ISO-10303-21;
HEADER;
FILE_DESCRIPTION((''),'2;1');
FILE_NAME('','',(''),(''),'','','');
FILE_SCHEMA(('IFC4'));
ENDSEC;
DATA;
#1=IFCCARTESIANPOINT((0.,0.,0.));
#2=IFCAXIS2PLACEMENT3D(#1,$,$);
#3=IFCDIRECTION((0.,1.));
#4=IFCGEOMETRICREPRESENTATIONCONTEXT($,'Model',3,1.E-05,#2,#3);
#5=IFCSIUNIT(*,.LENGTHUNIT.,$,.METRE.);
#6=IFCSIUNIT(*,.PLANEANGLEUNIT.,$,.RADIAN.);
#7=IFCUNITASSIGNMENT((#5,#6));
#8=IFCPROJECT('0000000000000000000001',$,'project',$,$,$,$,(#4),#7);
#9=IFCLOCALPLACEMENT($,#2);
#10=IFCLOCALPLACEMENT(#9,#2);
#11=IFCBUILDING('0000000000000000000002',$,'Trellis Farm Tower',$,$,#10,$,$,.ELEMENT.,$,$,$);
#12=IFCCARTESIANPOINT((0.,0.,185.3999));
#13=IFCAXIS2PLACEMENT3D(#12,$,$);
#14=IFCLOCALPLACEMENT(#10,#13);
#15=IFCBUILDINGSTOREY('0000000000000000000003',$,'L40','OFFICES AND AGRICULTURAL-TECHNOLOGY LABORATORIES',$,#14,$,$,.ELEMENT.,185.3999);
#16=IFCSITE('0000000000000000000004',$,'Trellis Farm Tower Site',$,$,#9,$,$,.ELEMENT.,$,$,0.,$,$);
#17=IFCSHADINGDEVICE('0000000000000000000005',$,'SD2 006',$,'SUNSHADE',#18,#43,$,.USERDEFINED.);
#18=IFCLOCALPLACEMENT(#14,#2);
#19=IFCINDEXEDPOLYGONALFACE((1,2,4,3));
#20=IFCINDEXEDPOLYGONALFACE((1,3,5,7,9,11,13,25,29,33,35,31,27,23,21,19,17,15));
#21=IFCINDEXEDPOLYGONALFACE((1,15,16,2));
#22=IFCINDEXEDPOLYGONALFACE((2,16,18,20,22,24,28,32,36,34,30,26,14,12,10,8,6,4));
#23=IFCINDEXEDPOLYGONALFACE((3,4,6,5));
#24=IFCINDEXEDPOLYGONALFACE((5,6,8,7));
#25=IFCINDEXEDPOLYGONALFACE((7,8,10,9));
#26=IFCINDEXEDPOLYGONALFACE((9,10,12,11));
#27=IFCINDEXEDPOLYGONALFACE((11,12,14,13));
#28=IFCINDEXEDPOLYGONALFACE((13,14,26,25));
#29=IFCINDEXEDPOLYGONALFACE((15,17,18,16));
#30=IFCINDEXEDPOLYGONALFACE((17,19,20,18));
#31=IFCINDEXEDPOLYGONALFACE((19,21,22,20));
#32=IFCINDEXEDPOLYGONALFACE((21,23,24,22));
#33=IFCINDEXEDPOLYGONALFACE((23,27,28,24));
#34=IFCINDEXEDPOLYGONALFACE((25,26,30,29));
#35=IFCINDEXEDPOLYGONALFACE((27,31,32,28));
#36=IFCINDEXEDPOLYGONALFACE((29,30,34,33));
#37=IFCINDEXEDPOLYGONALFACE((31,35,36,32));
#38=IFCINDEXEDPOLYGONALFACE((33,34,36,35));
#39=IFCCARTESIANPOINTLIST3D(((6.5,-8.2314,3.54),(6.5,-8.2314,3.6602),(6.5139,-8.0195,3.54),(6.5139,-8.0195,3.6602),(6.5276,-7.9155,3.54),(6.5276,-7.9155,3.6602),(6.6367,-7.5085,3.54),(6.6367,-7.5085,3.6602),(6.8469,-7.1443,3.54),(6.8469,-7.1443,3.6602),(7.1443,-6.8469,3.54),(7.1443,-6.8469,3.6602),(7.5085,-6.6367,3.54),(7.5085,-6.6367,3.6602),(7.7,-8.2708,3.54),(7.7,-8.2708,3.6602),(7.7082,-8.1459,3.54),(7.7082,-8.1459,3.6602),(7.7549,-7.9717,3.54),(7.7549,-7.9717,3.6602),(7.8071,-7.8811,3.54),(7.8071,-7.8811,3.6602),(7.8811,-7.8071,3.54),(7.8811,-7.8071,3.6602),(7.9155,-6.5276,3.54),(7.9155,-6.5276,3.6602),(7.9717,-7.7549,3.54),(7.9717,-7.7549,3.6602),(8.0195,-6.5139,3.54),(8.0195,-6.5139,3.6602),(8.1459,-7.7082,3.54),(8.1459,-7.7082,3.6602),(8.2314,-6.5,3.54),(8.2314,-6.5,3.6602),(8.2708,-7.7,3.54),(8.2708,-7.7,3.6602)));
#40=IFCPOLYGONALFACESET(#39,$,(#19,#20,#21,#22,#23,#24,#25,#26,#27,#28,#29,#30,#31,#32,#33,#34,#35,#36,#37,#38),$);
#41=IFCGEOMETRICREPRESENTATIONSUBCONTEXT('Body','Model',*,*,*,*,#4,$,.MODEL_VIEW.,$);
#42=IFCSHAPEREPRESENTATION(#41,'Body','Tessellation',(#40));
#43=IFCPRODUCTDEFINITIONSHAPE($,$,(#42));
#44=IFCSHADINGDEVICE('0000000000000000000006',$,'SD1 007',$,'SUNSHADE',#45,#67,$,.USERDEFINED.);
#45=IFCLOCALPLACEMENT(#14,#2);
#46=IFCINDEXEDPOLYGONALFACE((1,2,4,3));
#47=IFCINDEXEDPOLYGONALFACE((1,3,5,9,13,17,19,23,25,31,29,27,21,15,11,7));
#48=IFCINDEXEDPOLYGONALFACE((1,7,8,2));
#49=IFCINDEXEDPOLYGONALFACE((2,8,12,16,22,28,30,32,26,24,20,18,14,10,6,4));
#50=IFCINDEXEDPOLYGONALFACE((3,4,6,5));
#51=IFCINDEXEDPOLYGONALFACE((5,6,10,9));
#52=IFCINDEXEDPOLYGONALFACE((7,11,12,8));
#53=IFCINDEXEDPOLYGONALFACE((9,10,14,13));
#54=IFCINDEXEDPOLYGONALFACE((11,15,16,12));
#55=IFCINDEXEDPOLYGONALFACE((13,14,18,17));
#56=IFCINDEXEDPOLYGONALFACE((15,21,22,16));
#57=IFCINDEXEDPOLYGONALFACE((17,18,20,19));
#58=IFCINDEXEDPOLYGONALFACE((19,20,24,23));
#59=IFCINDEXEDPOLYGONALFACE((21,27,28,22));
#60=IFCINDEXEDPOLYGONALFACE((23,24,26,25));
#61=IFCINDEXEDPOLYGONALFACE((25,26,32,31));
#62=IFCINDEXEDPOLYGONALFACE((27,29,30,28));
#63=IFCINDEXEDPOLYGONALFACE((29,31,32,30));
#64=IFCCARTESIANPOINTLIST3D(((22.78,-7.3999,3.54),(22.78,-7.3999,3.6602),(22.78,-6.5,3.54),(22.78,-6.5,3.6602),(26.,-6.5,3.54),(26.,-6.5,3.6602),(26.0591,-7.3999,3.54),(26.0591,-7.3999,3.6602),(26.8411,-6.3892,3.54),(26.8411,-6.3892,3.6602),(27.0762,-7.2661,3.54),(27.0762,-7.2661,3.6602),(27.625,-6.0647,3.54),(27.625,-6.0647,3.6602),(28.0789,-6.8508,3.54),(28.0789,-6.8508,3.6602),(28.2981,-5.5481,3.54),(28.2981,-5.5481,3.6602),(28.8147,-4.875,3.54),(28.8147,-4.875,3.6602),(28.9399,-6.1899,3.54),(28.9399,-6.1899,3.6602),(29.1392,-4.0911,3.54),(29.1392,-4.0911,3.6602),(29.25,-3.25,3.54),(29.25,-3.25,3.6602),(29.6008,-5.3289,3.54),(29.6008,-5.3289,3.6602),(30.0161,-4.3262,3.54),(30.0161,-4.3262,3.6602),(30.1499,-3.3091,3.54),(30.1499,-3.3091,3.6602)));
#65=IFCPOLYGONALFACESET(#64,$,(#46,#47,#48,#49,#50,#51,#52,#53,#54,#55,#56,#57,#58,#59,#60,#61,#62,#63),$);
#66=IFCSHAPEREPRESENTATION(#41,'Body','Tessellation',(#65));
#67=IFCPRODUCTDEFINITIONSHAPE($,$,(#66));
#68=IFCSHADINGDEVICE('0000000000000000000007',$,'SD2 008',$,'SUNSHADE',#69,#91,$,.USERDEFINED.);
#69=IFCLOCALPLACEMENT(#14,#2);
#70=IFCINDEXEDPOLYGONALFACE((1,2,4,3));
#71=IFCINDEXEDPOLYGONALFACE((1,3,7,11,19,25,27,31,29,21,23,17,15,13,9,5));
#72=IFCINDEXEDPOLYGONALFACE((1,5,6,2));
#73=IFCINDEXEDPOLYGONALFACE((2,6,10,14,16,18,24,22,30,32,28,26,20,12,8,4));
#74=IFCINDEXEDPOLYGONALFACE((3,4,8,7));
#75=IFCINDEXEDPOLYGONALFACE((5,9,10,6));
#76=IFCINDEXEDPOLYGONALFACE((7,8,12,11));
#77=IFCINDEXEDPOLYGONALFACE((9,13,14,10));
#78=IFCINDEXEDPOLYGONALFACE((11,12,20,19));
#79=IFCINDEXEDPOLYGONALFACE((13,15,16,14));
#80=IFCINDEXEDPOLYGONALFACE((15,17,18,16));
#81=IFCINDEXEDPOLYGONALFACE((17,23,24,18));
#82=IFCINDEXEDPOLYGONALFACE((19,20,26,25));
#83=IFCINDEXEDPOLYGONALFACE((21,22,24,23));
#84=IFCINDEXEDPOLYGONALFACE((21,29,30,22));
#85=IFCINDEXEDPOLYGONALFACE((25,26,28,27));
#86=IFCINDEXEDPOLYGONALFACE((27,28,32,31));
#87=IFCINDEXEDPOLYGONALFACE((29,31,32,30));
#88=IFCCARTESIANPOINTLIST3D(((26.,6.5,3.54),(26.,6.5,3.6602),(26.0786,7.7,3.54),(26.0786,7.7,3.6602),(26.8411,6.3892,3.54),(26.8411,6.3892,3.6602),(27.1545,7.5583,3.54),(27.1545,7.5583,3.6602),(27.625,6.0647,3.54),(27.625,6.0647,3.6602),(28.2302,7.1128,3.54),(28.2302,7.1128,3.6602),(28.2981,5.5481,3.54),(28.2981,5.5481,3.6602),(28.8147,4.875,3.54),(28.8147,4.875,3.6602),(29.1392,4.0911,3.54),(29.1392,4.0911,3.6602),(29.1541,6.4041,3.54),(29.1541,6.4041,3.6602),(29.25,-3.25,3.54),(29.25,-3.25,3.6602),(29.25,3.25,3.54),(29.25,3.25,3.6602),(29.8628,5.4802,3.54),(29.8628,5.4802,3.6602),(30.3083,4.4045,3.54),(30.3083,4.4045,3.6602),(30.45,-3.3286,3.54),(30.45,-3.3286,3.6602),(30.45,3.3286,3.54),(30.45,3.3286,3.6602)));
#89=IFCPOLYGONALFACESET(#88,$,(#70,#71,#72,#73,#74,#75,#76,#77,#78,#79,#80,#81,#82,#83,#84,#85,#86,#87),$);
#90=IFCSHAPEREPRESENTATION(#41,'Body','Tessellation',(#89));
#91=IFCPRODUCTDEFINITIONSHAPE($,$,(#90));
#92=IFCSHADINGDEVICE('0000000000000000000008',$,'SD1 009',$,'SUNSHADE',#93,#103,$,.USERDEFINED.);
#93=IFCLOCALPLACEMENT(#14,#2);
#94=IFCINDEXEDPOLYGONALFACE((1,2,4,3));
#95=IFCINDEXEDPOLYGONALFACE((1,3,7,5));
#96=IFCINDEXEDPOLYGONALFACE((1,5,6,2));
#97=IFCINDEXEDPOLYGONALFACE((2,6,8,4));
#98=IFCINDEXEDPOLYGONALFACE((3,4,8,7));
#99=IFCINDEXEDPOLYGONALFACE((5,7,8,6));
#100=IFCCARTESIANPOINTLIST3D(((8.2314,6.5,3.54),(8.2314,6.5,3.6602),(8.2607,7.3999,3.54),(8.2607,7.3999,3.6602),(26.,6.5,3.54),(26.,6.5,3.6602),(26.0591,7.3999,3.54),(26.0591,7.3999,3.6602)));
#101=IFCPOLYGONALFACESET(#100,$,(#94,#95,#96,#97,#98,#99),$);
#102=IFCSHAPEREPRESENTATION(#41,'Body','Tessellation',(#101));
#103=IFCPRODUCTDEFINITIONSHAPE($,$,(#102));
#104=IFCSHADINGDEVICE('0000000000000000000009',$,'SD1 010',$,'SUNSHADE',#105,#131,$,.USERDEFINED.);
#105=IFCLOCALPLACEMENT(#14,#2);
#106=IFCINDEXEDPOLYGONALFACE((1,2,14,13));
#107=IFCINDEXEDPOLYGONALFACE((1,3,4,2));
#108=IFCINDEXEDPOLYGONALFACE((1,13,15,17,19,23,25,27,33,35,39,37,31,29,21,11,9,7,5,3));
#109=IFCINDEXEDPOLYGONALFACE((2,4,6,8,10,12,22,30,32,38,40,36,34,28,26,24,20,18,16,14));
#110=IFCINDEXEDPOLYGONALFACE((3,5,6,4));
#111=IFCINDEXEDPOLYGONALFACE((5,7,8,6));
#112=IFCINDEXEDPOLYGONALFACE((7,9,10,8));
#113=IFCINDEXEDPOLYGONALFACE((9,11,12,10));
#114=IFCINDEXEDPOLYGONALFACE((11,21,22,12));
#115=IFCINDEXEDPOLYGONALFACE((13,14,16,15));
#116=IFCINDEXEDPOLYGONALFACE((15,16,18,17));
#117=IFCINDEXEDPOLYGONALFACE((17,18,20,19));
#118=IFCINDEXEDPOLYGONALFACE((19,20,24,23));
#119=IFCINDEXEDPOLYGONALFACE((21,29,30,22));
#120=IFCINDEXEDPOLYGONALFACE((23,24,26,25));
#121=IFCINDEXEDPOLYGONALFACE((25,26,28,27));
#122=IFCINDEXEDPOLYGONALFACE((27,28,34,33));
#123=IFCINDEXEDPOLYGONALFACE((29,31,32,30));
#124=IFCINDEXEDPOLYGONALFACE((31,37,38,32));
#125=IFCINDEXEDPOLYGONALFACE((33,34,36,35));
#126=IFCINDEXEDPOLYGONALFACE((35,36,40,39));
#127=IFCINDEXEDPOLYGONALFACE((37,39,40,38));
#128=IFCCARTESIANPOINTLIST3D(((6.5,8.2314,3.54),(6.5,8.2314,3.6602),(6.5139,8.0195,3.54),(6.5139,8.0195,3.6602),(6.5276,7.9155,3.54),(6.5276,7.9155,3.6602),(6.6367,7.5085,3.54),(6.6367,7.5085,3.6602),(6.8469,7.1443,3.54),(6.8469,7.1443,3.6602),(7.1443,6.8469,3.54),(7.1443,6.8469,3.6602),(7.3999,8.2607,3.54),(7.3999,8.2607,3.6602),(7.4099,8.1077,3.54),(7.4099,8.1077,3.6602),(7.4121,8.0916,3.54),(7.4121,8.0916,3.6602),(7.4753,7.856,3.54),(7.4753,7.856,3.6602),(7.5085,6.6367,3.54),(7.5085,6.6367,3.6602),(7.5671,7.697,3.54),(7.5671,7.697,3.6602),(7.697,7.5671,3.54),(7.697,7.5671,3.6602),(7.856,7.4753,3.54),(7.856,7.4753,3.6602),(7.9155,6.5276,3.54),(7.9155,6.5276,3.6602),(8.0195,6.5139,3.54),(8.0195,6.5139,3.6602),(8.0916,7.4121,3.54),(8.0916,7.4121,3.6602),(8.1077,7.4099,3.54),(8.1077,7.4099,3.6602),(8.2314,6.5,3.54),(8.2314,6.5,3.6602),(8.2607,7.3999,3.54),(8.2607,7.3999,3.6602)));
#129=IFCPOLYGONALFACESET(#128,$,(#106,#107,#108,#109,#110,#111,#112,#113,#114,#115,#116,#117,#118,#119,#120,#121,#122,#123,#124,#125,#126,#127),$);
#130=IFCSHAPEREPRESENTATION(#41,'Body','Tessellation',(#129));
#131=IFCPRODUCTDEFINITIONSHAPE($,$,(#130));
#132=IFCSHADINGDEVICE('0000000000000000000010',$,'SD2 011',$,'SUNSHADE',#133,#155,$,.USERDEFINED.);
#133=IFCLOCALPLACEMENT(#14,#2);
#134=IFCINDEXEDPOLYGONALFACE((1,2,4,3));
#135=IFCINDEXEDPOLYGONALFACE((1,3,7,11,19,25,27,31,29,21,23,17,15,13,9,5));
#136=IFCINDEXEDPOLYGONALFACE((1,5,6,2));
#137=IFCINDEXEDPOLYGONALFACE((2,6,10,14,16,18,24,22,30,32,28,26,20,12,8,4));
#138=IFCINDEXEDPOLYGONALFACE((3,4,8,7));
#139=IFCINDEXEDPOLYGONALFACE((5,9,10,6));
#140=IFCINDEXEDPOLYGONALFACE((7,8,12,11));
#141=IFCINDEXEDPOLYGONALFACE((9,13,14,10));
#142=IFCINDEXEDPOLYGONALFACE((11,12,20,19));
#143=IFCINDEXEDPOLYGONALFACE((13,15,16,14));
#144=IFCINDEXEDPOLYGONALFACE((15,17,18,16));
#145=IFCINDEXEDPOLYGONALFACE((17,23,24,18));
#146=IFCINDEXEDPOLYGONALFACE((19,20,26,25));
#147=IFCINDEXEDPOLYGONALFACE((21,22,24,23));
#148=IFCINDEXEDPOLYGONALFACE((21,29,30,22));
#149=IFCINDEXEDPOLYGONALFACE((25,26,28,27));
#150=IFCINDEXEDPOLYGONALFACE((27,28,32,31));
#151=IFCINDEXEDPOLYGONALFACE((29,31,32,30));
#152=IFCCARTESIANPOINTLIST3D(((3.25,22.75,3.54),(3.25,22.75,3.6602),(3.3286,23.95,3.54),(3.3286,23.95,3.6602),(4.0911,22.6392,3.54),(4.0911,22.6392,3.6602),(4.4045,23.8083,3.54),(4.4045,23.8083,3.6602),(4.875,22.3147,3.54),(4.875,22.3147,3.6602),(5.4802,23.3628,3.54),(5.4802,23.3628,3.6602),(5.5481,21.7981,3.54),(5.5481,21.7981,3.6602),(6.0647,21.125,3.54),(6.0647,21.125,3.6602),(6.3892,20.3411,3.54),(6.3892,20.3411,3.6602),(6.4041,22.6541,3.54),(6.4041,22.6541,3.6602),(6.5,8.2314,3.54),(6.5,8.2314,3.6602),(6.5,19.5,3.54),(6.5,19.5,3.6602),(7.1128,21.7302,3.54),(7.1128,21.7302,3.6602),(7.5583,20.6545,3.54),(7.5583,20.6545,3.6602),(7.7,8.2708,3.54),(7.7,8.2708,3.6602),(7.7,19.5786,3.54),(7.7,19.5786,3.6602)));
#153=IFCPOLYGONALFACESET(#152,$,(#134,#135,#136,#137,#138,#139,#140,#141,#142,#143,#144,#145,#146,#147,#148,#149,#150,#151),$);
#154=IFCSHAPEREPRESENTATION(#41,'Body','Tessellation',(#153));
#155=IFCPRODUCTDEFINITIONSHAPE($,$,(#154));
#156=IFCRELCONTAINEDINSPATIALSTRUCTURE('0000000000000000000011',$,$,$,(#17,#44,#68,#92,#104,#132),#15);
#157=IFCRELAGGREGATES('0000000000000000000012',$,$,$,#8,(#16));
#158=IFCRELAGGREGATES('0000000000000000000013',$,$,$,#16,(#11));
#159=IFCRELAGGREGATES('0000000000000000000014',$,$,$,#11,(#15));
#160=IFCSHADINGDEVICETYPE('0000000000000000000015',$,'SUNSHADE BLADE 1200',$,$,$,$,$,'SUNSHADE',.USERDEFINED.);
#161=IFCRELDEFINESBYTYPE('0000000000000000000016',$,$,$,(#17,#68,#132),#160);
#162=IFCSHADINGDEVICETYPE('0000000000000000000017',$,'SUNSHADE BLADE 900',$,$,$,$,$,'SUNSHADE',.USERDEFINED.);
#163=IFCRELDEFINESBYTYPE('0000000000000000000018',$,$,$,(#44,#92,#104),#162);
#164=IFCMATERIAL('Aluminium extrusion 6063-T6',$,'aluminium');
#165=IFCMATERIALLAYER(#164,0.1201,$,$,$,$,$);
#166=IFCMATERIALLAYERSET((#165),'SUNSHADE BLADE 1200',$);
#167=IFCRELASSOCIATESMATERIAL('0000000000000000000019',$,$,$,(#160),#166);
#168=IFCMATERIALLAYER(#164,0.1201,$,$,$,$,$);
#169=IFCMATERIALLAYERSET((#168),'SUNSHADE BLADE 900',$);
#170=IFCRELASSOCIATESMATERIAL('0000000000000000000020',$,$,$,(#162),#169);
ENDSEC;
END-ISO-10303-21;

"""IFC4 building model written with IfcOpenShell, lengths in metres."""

from ifc_helpers import new_model, si_unit, direction, frame, origin, place, context, subcontext, project, spatial, polyline, outline, extrude, source, transform, mapped, material, layer, layer_set, type_object, element, save


model = new_model("IFC4")

# Units and contexts
model_context = context("Model", 3, precision=1e-05, world=origin(), true_north=direction((0.0, 1.0)))
body_context = subcontext(model_context, "Body", "Model", "MODEL_VIEW")
ifc_project = project(units=[si_unit("LENGTHUNIT", "METRE"), si_unit("PLANEANGLEUNIT", "RADIAN")], contexts=[model_context])

# Site, building, storey
site_placement = place(None, origin())
site = spatial("IfcSite", under=ifc_project, at=site_placement, Name="Trellis Farm Tower Site", CompositionType="ELEMENT", RefElevation=0.0)
building_placement = place(site_placement, origin())
building = spatial("IfcBuilding", under=site, at=building_placement, Name="Trellis Farm Tower", CompositionType="ELEMENT")
storey_placement = place(building_placement, frame((0.0, 0.0, 185.3999)))
storey = spatial("IfcBuildingStorey", under=building, at=storey_placement, Name="L40", Description="OFFICES AND AGRICULTURAL-TECHNOLOGY LABORATORIES", CompositionType="ELEMENT", Elevation=185.3999)

# Shared definitions
ifc_material_1 = material(Name="Aluminium extrusion 6063-T6", Category="aluminium")

# Shading devices
ifc_layer_1 = layer(ifc_material_1, 0.1201)
ifc_layer_set_1 = layer_set([ifc_layer_1], Name="SUNSHADE BLADE 1200")
shading_device_type_1 = type_object("IfcShadingDeviceType", Name="SUNSHADE BLADE 1200", ElementType="SUNSHADE", PredefinedType="USERDEFINED", material=ifc_layer_set_1)
shared_shape_1 = source(origin(), body_context, "Body", "SweptSolid", [
    extrude(outline(polyline([(7.7, -8.2708), (7.7087, -8.1372), (7.707, -8.1501), (7.7549, -7.9717), (7.8071, -7.8811), (7.8811, -7.8071), (7.9717, -7.7549), (8.1501, -7.707), (8.1372, -7.7087), (8.2708, -7.7), (8.2314, -6.5), (8.0195, -6.5139), (7.9155, -6.5276), (7.5085, -6.6367), (7.1443, -6.8469), (6.8469, -7.1443), (6.6367, -7.5085), (6.5276, -7.9155), (6.5139, -8.0195), (6.5, -8.2314), (7.7, -8.2708)])), origin(), (0.0, 0.0, 1.0), 0.1201),
])
placement_1 = place(storey_placement, frame((0.0, 0.0, 3.54)))
element("IfcShadingDevice", 1, at=placement_1, inside=storey, type_object=shading_device_type_1, Name="SD2 006", ObjectType="SUNSHADE", PredefinedType="USERDEFINED", context=body_context, shape_type="MappedRepresentation", body=[
    mapped(shared_shape_1, transform((0.0, 0.0, 0.0))),
])
ifc_layer_2 = layer(ifc_material_1, 0.1201)
ifc_layer_set_2 = layer_set([ifc_layer_2], Name="SUNSHADE BLADE 900")
shading_device_type_2 = type_object("IfcShadingDeviceType", Name="SUNSHADE BLADE 900", ElementType="SUNSHADE", PredefinedType="USERDEFINED", material=ifc_layer_set_2)
shared_shape_2 = source(origin(), body_context, "Body", "SweptSolid", [
    extrude(outline(polyline([(22.78, -7.3999), (26.0591, -7.3999), (27.0762, -7.2661), (28.0789, -6.8508), (28.9399, -6.1899), (29.6008, -5.3289), (30.0161, -4.3262), (30.1499, -3.3091), (29.25, -3.25), (29.1392, -4.0911), (28.8147, -4.875), (28.2981, -5.5481), (27.625, -6.0647), (26.8411, -6.3892), (26.0, -6.5), (22.78, -6.5), (22.78, -7.3999)])), origin(), (0.0, 0.0, 1.0), 0.1201),
])
element("IfcShadingDevice", 2, at=placement_1, inside=storey, type_object=shading_device_type_2, Name="SD1 007", ObjectType="SUNSHADE", PredefinedType="USERDEFINED", context=body_context, shape_type="MappedRepresentation", body=[
    mapped(shared_shape_2, transform((0.0, 0.0, 0.0))),
])
shared_shape_3 = source(origin(), body_context, "Body", "SweptSolid", [
    extrude(outline(polyline([(30.45, -3.3286), (30.45, 3.3286), (30.3083, 4.4045), (29.8628, 5.4802), (29.1541, 6.4041), (28.2302, 7.1128), (27.1545, 7.5583), (26.0786, 7.7), (26.0, 6.5), (26.8411, 6.3892), (27.625, 6.0647), (28.2981, 5.5481), (28.8147, 4.875), (29.1392, 4.0911), (29.25, 3.25), (29.25, -3.25), (30.45, -3.3286)])), origin(), (0.0, 0.0, 1.0), 0.1201),
])
element("IfcShadingDevice", 3, at=placement_1, inside=storey, type_object=shading_device_type_1, Name="SD2 008", ObjectType="SUNSHADE", PredefinedType="USERDEFINED", context=body_context, shape_type="MappedRepresentation", body=[
    mapped(shared_shape_3, transform((0.0, 0.0, 0.0))),
])
shared_shape_4 = source(origin(), body_context, "Body", "SweptSolid", [
    extrude(outline(polyline([(26.0591, 7.3999), (8.2607, 7.3999), (8.2314, 6.5), (26.0, 6.5), (26.0591, 7.3999)])), origin(), (0.0, 0.0, 1.0), 0.1201),
])
element("IfcShadingDevice", 4, at=placement_1, inside=storey, type_object=shading_device_type_2, Name="SD1 009", ObjectType="SUNSHADE", PredefinedType="USERDEFINED", context=body_context, shape_type="MappedRepresentation", body=[
    mapped(shared_shape_4, transform((0.0, 0.0, 0.0))),
])
shared_shape_5 = source(origin(), body_context, "Body", "SweptSolid", [
    extrude(outline(polyline([(8.2607, 7.3999), (8.1077, 7.4099), (8.0916, 7.4121), (7.856, 7.4753), (7.697, 7.5671), (7.5671, 7.697), (7.4753, 7.856), (7.4121, 8.0916), (7.4099, 8.1077), (7.3999, 8.2607), (6.5, 8.2314), (6.5139, 8.0195), (6.5276, 7.9155), (6.6367, 7.5085), (6.8469, 7.1443), (7.1443, 6.8469), (7.5085, 6.6367), (7.9155, 6.5276), (8.0195, 6.5139), (8.2314, 6.5), (8.2607, 7.3999)])), origin(), (0.0, 0.0, 1.0), 0.1201),
])
element("IfcShadingDevice", 5, at=placement_1, inside=storey, type_object=shading_device_type_2, Name="SD1 010", ObjectType="SUNSHADE", PredefinedType="USERDEFINED", context=body_context, shape_type="MappedRepresentation", body=[
    mapped(shared_shape_5, transform((0.0, 0.0, 0.0))),
])
shared_shape_6 = source(origin(), body_context, "Body", "SweptSolid", [
    extrude(outline(polyline([(7.7, 8.2708), (7.7, 19.5786), (7.5583, 20.6545), (7.1128, 21.7302), (6.4041, 22.6541), (5.4802, 23.3628), (4.4045, 23.8083), (3.3286, 23.95), (3.25, 22.75), (4.0911, 22.6392), (4.875, 22.3147), (5.5481, 21.7981), (6.0647, 21.125), (6.3892, 20.3411), (6.5, 19.5), (6.5, 8.2314), (7.7, 8.2708)])), origin(), (0.0, 0.0, 1.0), 0.1201),
])
element("IfcShadingDevice", 6, at=placement_1, inside=storey, type_object=shading_device_type_1, Name="SD2 011", ObjectType="SUNSHADE", PredefinedType="USERDEFINED", context=body_context, shape_type="MappedRepresentation", body=[
    mapped(shared_shape_6, transform((0.0, 0.0, 0.0))),
])

save(model, "model.ifc")
